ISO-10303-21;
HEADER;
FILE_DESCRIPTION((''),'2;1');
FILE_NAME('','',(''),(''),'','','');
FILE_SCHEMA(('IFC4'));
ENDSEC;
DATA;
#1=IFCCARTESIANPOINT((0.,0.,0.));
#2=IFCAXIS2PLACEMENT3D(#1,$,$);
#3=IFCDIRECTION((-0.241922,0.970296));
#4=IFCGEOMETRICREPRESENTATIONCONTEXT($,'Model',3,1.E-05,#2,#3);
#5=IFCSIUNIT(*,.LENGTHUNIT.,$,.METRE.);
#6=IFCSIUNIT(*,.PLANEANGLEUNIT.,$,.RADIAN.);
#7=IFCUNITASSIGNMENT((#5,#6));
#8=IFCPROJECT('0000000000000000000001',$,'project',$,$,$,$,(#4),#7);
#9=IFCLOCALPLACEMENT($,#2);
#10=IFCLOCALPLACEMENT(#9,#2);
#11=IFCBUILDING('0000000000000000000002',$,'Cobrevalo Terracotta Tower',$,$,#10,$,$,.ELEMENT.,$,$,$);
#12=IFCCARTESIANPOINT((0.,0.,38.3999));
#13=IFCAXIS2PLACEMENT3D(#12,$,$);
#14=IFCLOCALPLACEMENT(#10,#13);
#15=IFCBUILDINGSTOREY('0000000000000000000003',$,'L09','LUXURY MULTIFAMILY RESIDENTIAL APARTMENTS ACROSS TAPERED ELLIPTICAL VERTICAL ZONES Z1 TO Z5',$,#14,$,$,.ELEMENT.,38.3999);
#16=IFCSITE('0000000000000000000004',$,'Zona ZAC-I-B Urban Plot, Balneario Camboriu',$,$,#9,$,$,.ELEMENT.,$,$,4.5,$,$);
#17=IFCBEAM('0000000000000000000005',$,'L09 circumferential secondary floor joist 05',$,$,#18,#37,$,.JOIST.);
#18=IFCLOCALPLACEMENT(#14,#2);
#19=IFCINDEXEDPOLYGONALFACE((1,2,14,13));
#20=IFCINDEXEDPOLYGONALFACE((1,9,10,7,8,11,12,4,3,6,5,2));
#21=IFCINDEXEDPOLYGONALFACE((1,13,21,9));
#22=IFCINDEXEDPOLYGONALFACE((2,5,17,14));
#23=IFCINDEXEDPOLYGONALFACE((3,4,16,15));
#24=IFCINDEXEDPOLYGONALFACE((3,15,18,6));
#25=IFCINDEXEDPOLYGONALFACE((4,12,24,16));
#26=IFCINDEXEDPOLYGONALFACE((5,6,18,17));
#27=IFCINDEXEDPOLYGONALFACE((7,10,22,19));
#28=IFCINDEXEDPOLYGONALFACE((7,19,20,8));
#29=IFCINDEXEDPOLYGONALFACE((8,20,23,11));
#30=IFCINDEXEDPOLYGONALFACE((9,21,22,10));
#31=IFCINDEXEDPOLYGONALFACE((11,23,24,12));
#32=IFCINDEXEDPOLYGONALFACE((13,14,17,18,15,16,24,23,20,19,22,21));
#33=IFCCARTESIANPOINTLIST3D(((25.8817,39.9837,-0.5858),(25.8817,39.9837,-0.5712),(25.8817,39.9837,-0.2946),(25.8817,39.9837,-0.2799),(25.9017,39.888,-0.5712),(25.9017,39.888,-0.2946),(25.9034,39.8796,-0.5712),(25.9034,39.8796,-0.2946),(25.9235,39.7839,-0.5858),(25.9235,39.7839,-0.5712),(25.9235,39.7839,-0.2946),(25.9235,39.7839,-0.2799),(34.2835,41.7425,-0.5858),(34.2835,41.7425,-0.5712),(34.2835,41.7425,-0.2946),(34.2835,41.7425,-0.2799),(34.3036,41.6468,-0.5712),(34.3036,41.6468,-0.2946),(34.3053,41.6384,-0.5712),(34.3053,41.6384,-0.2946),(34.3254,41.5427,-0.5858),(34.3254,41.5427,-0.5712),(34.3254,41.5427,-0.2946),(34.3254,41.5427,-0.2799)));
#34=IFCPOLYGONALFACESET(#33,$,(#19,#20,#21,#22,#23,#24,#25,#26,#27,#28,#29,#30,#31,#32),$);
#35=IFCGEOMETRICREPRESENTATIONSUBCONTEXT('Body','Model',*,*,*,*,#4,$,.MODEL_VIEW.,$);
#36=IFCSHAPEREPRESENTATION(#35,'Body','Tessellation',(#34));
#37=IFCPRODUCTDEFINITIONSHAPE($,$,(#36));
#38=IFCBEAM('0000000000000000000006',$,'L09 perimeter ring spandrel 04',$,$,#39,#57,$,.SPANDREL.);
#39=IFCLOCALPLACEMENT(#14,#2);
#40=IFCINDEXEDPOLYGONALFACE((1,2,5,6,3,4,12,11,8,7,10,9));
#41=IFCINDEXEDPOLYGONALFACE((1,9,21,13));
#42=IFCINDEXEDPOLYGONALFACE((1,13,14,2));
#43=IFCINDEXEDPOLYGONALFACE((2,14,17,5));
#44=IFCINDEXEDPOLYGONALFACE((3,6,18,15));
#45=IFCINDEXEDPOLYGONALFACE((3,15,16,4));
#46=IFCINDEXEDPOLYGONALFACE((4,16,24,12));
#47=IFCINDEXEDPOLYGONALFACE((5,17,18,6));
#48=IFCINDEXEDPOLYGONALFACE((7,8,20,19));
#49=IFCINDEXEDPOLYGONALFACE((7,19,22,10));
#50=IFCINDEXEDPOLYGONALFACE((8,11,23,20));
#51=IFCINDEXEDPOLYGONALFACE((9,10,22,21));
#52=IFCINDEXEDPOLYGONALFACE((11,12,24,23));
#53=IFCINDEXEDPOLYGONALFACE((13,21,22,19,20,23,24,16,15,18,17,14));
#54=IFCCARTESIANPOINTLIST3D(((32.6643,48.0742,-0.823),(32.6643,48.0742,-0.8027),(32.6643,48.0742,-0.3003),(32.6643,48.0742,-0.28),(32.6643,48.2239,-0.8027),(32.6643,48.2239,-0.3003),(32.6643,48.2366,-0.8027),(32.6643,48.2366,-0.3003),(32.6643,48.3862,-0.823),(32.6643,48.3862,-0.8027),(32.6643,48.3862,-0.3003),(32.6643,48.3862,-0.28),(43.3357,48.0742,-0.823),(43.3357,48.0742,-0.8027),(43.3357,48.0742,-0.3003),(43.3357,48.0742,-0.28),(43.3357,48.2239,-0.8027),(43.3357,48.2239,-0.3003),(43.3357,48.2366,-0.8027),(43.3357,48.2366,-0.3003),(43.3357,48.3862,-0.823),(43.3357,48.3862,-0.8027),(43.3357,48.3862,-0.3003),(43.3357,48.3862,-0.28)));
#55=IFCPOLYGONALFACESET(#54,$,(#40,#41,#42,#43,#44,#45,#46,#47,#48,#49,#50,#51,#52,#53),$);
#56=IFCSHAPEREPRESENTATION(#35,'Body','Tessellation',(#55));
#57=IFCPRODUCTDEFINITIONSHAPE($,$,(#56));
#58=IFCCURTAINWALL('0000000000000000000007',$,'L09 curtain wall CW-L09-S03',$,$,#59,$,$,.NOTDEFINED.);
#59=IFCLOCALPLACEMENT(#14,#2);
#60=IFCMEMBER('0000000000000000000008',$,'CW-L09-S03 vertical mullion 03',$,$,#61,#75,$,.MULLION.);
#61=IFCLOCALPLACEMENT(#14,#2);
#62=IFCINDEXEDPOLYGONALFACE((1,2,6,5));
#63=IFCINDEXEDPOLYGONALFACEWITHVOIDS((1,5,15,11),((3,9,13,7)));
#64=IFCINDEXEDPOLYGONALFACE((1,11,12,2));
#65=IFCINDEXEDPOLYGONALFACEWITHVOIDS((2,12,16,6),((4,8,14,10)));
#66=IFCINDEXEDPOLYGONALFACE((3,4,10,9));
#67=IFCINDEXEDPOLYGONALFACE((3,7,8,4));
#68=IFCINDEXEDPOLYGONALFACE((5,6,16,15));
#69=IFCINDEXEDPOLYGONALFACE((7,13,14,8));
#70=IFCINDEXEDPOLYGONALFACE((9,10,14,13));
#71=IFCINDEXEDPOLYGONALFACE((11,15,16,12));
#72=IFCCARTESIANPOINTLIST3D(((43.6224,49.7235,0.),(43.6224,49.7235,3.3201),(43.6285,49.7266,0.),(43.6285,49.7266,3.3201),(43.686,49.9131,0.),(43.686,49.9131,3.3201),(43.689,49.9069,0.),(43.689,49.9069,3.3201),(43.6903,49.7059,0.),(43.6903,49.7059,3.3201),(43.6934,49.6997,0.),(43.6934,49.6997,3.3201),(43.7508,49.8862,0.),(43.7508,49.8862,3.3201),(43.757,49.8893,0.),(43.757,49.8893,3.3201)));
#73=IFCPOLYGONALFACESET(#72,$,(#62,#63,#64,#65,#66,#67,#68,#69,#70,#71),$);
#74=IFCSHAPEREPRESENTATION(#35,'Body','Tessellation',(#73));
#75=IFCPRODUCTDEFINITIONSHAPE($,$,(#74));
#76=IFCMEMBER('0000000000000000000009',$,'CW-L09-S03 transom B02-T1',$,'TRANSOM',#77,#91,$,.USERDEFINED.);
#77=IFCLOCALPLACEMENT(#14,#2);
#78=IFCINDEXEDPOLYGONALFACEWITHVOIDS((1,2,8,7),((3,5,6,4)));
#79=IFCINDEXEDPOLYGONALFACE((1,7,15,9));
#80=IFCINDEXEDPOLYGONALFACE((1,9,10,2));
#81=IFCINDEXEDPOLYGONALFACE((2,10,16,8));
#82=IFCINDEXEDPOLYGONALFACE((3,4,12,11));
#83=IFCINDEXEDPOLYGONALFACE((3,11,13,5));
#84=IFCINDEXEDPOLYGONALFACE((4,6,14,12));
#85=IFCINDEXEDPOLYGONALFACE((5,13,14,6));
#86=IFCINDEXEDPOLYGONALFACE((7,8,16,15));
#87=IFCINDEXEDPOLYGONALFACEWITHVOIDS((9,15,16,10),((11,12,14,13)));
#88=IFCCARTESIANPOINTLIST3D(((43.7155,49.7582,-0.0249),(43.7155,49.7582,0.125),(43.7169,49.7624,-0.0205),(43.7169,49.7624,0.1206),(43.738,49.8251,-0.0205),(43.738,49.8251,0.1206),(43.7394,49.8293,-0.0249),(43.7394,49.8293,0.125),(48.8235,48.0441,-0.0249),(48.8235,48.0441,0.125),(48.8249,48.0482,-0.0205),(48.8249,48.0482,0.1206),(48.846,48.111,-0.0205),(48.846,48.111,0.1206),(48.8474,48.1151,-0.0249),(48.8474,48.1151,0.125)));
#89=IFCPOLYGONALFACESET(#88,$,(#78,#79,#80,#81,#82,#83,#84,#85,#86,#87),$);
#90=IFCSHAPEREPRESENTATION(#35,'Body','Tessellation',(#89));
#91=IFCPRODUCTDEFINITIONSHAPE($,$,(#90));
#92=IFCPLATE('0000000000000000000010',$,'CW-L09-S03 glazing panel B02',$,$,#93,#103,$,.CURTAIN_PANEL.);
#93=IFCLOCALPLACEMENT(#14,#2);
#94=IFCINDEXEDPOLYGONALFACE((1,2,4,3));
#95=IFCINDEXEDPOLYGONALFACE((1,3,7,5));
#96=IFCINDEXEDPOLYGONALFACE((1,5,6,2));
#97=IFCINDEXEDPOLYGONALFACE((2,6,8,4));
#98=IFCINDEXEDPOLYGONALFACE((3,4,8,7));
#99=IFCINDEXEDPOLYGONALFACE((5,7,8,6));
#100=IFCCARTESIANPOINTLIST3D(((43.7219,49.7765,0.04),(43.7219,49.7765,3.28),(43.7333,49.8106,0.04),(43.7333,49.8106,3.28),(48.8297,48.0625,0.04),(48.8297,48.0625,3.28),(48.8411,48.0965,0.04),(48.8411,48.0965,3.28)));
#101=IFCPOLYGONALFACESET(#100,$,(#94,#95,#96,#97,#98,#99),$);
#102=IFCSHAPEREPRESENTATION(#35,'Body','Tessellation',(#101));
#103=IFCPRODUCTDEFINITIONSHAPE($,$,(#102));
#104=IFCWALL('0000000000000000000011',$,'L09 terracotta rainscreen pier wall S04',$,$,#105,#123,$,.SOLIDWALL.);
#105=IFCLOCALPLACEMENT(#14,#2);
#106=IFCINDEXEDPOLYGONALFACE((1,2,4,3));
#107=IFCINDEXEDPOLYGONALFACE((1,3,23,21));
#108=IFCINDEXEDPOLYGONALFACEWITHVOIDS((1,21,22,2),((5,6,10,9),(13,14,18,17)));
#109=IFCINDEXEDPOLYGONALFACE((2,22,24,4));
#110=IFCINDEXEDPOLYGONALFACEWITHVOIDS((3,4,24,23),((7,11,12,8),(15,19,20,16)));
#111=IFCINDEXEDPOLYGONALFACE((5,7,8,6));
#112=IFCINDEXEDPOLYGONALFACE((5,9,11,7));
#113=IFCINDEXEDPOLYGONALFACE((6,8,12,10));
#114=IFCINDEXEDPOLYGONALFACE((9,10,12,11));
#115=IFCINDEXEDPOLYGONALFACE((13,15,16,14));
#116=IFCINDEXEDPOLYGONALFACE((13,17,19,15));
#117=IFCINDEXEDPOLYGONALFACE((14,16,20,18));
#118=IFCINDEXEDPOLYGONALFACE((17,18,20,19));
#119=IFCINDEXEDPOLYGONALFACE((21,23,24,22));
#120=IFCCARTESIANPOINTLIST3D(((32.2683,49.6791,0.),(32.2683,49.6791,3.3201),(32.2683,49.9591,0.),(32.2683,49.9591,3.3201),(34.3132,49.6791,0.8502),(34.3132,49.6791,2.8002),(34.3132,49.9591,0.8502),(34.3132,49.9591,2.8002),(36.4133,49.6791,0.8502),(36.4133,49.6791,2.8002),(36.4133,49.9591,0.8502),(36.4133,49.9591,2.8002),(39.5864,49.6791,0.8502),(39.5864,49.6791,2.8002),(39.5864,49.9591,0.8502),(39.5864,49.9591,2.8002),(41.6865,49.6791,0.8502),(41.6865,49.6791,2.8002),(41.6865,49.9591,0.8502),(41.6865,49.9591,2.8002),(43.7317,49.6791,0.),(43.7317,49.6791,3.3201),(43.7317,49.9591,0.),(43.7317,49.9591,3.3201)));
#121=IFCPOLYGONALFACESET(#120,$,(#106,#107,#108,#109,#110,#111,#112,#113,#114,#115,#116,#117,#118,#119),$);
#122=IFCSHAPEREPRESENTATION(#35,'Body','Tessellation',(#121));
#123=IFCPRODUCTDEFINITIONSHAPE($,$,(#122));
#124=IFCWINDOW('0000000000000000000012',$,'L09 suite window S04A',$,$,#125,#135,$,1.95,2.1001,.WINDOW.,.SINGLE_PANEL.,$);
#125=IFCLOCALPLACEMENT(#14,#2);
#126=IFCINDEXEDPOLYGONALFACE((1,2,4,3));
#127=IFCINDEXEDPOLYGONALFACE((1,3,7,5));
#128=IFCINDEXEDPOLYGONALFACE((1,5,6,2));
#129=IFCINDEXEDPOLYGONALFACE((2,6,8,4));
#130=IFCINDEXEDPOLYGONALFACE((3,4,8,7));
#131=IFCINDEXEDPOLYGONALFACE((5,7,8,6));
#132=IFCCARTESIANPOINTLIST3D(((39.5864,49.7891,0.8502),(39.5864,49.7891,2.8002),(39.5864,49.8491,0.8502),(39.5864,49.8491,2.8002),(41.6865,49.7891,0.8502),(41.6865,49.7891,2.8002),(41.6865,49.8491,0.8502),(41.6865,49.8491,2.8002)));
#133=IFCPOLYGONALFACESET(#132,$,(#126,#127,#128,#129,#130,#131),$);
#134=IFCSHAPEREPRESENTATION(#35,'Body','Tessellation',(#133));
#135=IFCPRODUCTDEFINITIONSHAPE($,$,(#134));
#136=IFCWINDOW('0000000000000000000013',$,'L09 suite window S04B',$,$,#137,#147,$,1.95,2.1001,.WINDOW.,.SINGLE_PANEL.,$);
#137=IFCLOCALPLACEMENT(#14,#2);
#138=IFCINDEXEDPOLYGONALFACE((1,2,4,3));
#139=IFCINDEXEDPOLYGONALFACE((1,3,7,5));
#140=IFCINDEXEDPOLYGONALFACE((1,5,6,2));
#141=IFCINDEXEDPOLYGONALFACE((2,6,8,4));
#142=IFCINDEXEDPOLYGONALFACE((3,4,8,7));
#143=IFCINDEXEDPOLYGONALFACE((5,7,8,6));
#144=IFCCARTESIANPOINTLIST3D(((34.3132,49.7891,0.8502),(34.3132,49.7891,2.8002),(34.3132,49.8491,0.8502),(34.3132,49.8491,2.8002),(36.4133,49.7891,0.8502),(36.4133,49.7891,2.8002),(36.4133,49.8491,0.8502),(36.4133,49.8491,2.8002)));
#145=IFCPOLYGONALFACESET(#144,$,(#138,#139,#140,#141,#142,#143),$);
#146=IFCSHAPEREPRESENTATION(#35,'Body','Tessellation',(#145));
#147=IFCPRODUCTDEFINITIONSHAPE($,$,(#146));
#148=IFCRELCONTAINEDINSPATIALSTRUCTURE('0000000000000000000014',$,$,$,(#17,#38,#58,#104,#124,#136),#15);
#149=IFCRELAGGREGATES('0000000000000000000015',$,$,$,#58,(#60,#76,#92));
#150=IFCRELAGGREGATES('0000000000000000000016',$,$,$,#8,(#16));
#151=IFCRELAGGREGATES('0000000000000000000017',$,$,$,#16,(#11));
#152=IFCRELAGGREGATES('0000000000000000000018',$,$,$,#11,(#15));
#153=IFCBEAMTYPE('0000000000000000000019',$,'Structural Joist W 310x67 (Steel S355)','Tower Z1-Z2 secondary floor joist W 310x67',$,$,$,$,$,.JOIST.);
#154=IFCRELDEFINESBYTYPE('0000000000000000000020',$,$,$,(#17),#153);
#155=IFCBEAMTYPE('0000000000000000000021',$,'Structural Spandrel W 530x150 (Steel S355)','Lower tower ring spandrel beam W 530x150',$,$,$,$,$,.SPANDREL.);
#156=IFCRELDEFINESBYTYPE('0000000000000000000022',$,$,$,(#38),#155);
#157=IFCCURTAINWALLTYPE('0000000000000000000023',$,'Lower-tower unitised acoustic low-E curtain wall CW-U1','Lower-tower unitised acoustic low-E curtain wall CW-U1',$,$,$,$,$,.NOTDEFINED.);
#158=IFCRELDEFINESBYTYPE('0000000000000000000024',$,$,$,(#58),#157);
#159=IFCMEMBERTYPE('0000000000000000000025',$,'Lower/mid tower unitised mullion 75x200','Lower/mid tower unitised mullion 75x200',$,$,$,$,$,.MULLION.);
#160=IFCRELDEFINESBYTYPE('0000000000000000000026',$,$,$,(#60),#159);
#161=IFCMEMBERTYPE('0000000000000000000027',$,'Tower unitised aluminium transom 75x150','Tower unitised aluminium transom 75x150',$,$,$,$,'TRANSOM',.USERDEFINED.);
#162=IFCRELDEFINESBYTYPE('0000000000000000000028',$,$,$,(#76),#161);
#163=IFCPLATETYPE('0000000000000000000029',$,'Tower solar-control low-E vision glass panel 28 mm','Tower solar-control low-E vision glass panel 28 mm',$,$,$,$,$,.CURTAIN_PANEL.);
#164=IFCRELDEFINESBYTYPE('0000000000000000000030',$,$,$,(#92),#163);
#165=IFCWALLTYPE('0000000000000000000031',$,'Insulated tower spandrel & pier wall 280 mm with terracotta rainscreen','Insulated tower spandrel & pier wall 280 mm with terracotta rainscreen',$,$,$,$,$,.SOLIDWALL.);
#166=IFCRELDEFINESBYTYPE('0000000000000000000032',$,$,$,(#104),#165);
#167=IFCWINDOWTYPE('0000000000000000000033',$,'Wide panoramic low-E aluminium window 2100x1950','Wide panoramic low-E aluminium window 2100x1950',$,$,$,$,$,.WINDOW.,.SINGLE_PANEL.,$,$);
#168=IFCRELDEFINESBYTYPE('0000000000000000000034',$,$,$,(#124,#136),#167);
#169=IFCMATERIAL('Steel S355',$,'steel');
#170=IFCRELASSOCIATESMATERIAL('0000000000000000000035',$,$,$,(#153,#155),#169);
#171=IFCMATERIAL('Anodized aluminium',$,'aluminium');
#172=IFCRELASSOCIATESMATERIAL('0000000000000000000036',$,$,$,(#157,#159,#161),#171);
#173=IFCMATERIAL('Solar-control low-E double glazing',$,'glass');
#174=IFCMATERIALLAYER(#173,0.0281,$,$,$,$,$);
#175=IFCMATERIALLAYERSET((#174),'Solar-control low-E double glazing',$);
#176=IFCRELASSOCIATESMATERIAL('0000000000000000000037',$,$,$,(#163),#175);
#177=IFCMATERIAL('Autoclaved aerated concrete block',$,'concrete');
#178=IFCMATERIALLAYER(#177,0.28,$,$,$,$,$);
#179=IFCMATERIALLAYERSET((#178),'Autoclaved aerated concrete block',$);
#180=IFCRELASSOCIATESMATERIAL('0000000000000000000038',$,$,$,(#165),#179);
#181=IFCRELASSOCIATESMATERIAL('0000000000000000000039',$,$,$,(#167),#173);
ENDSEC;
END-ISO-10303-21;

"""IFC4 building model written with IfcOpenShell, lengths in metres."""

from ifc_helpers import new_model, si_unit, direction, frame, frame_2d, origin, origin_2d, place, context, subcontext, project, spatial, rectangle, hollow_rectangle, i_section, extrude, source, transform, mapped, material, layer, layer_set, material_profile, profile_set, type_object, element, fill, aggregate, save


model = new_model("IFC4")

# Units and contexts
model_context = context("Model", 3, precision=1e-05, world=origin(), true_north=direction((-0.241922, 0.970296)))
body_context = subcontext(model_context, "Body", "Model", "MODEL_VIEW")
ifc_project = project(units=[si_unit("LENGTHUNIT", "METRE"), si_unit("PLANEANGLEUNIT", "RADIAN")], contexts=[model_context])

# Site, building, storey
site_placement = place(None, origin())
site = spatial("IfcSite", under=ifc_project, at=site_placement, Name="Zona ZAC-I-B Urban Plot, Balneario Camboriu", CompositionType="ELEMENT", RefElevation=4.5)
building_placement = place(site_placement, origin())
building = spatial("IfcBuilding", under=site, at=building_placement, Name="Cobrevalo Terracotta Tower", CompositionType="ELEMENT")
storey_placement = place(building_placement, frame((0.0, 0.0, 38.3999)))
storey = spatial("IfcBuildingStorey", under=building, at=storey_placement, Name="L09", Description="LUXURY MULTIFAMILY RESIDENTIAL APARTMENTS ACROSS TAPERED ELLIPTICAL VERTICAL ZONES Z1 TO Z5", CompositionType="ELEMENT", Elevation=38.3999)

# Shared definitions
ifc_material_1 = material(Name="Steel S355", Category="steel")

# Beams
ifc_material_profile_1 = material_profile(ifc_material_1, i_section(OverallWidth=0.2041, OverallDepth=0.3059, WebThickness=0.0085, FlangeThickness=0.0146, at=origin_2d()), Name="W 310x67")
ifc_profile_set_1 = profile_set([ifc_material_profile_1], Name="Steel S355")
beam_type_1 = type_object("IfcBeamType", Name="Structural Joist W 310x67 (Steel S355)", Description="Tower Z1-Z2 secondary floor joist W 310x67", PredefinedType="JOIST", material=ifc_profile_set_1)
beam_1_placement = place(storey_placement, frame((34.3044, 41.6426, -0.4329), z_axis=(-0.978785, -0.204892, 0.0), x_axis=(0.204892, -0.978785, 0.0)))
element("IfcBeam", 1, at=beam_1_placement, inside=storey, type_object=beam_type_1, Name="L09 circumferential secondary floor joist 05", PredefinedType="JOIST", context=body_context, shape_type="SweptSolid", body=[
    extrude(i_section(OverallWidth=0.2041, OverallDepth=0.3059, WebThickness=0.0085, FlangeThickness=0.0146, at=origin_2d()), origin(), (0.0, 0.0, 1.0), 8.584),
])
ifc_material_profile_2 = material_profile(ifc_material_1, i_section(OverallWidth=0.312, OverallDepth=0.543, WebThickness=0.0127, FlangeThickness=0.0203, at=origin_2d()), Name="W 530x150")
ifc_profile_set_2 = profile_set([ifc_material_profile_2], Name="Steel S355")
beam_type_2 = type_object("IfcBeamType", Name="Structural Spandrel W 530x150 (Steel S355)", Description="Lower tower ring spandrel beam W 530x150", PredefinedType="SPANDREL", material=ifc_profile_set_2)
beam_2_placement = place(storey_placement, frame((43.3357, 48.2302, -0.5515), z_axis=(-1.0, 0.0, 0.0), x_axis=(0.0, -1.0, 0.0)))
element("IfcBeam", 2, at=beam_2_placement, inside=storey, type_object=beam_type_2, Name="L09 perimeter ring spandrel 04", PredefinedType="SPANDREL", context=body_context, shape_type="SweptSolid", body=[
    extrude(i_section(OverallWidth=0.312, OverallDepth=0.543, WebThickness=0.0127, FlangeThickness=0.0203, at=origin_2d()), origin(), (0.0, 0.0, 1.0), 10.6714),
])

# Curtain wall, members, plate
ifc_material_2 = material(Name="Anodized aluminium", Category="aluminium")
curtain_wall_type = type_object("IfcCurtainWallType", Name="Lower-tower unitised acoustic low-E curtain wall CW-U1", Description="Lower-tower unitised acoustic low-E curtain wall CW-U1", PredefinedType="NOTDEFINED", material=ifc_material_2)
curtain_wall_placement = place(storey_placement, origin())
curtain_wall = element("IfcCurtainWall", 3, at=curtain_wall_placement, inside=storey, type_object=curtain_wall_type, Name="L09 curtain wall CW-L09-S03", PredefinedType="NOTDEFINED")
ifc_material_profile_3 = material_profile(ifc_material_2, hollow_rectangle(XDim=0.075, YDim=0.2, WallThickness=0.0049, at=origin_2d()), Name="CWM 75x200")
ifc_profile_set_3 = profile_set([ifc_material_profile_3], Name="Anodized aluminium")
member_type_1 = type_object("IfcMemberType", Name="Lower/mid tower unitised mullion 75x200", Description="Lower/mid tower unitised mullion 75x200", PredefinedType="MULLION", material=ifc_profile_set_3)
shared_shape_1 = source(origin(), body_context, "Body", "SweptSolid", [
    extrude(hollow_rectangle(XDim=0.075, YDim=0.2, WallThickness=0.0049, at=origin_2d()), origin(), (0.0, 0.0, 1.0), 3.3201),
])
member_1_placement = place(storey_placement, frame((43.6897, 49.8064, 0.0), z_axis=(0.0, 0.0, 1.0), x_axis=(-0.948046, 0.318132, 0.0)))
member_1 = element("IfcMember", 4, at=member_1_placement, type_object=member_type_1, Name="CW-L09-S03 vertical mullion 03", PredefinedType="MULLION", context=body_context, shape_type="MappedRepresentation", body=[
    mapped(shared_shape_1, transform((0.0, 0.0, 0.0), scale=1.0)),
])
ifc_material_profile_4 = material_profile(ifc_material_2, hollow_rectangle(XDim=0.075, YDim=0.1499, WallThickness=0.0044, at=origin_2d()), Name="CWT 75x150")
ifc_profile_set_4 = profile_set([ifc_material_profile_4], Name="Anodized aluminium")
member_type_2 = type_object("IfcMemberType", Name="Tower unitised aluminium transom 75x150", Description="Tower unitised aluminium transom 75x150", ElementType="TRANSOM", PredefinedType="USERDEFINED", material=ifc_profile_set_4)
shared_shape_2 = source(origin(), body_context, "Body", "SweptSolid", [
    extrude(hollow_rectangle(XDim=0.075, YDim=0.1499, WallThickness=0.0044, at=origin_2d()), origin(), (0.0, 0.0, 1.0), 5.3879),
])
member_2_placement = place(storey_placement, frame((48.8354, 48.0796, 0.05), z_axis=(-0.948042, 0.318144, 0.0), x_axis=(-0.318144, -0.948042, 0.0)))
member_2 = element("IfcMember", 5, at=member_2_placement, type_object=member_type_2, Name="CW-L09-S03 transom B02-T1", ObjectType="TRANSOM", PredefinedType="USERDEFINED", context=body_context, shape_type="MappedRepresentation", body=[
    mapped(shared_shape_2, transform((0.0, 0.0, 0.0), scale=1.0)),
])
ifc_material_3 = material(Name="Solar-control low-E double glazing", Category="glass")
ifc_layer_1 = layer(ifc_material_3, 0.0281)
ifc_layer_set_1 = layer_set([ifc_layer_1], Name="Solar-control low-E double glazing")
plate_type = type_object("IfcPlateType", Name="Tower solar-control low-E vision glass panel 28 mm", Description="Tower solar-control low-E vision glass panel 28 mm", PredefinedType="CURTAIN_PANEL", material=ifc_layer_set_1)
shared_shape_3 = source(origin(), body_context, "Body", "SweptSolid", [
    extrude(rectangle(XDim=5.3877, YDim=0.0359, at=origin_2d()), origin(), (0.0, 0.0, 1.0), 3.24),
])
plate_placement = place(storey_placement, frame((46.2815, 48.9365, 0.04), z_axis=(0.0, 0.0, 1.0), x_axis=(-0.948044, 0.318139, 0.0)))
plate = element("IfcPlate", 6, at=plate_placement, type_object=plate_type, Name="CW-L09-S03 glazing panel B02", PredefinedType="CURTAIN_PANEL", context=body_context, shape_type="MappedRepresentation", body=[
    mapped(shared_shape_3, transform((0.0, 0.0, 0.0), scale=1.0)),
])
aggregate(curtain_wall, [member_1, member_2, plate])

# Wall, openings, windows
ifc_material_4 = material(Name="Autoclaved aerated concrete block", Category="concrete")
ifc_layer_2 = layer(ifc_material_4, 0.28)
ifc_layer_set_2 = layer_set([ifc_layer_2], Name="Autoclaved aerated concrete block")
wall_type_1 = type_object("IfcWallType", Name="Insulated tower spandrel & pier wall 280 mm with terracotta rainscreen", Description="Insulated tower spandrel & pier wall 280 mm with terracotta rainscreen", PredefinedType="SOLIDWALL", material=ifc_layer_set_2)
wall_1_placement = place(storey_placement, frame((43.7317, 49.8191, 0.0), z_axis=(0.0, 0.0, 1.0), x_axis=(-1.0, 0.0, 0.0)))
wall_1 = element("IfcWall", 7, at=wall_1_placement, inside=storey, type_object=wall_type_1, Name="L09 terracotta rainscreen pier wall S04", PredefinedType="SOLIDWALL", context=body_context, shape_type="SweptSolid", body=[
    extrude(rectangle(XDim=11.4634, YDim=0.28, at=frame_2d((5.7317, 0.0))), origin(), (0.0, 0.0, 1.0), 3.3201),
])
opening_1_placement = place(wall_1_placement, frame((2.0452, 0.0, 0.8501)))
opening_1 = element("IfcOpeningElement", 8, at=opening_1_placement, cuts=wall_1, PredefinedType="OPENING", context=body_context, shape_type="SweptSolid", body=[
    extrude(rectangle(XDim=2.1001, YDim=1.95, at=frame_2d((1.05, 0.9751))), frame((0.0, 0.1499, 0.0), z_axis=(0.0, -1.0, 0.0), x_axis=(1.0, 0.0, 0.0)), (0.0, 0.0, 1.0), 0.3),
])
opening_2_placement = place(wall_1_placement, frame((7.3184, 0.0, 0.8501)))
opening_2 = element("IfcOpeningElement", 9, at=opening_2_placement, cuts=wall_1, PredefinedType="OPENING", context=body_context, shape_type="SweptSolid", body=[
    extrude(rectangle(XDim=2.1001, YDim=1.95, at=frame_2d((1.05, 0.9751))), frame((0.0, 0.1499, 0.0), z_axis=(0.0, -1.0, 0.0), x_axis=(1.0, 0.0, 0.0)), (0.0, 0.0, 1.0), 0.3),
])
window_type = type_object("IfcWindowType", Name="Wide panoramic low-E aluminium window 2100x1950", Description="Wide panoramic low-E aluminium window 2100x1950", PartitioningType="SINGLE_PANEL", PredefinedType="WINDOW", material=ifc_material_3)
shared_shape_4 = source(origin(), body_context, "Body", "SweptSolid", [
    extrude(rectangle(XDim=2.1001, YDim=1.95, at=frame_2d((1.05, 0.9751))), frame((0.0, 0.03, 0.0), z_axis=(0.0, -1.0, 0.0), x_axis=(1.0, 0.0, 0.0)), (0.0, 0.0, 1.0), 0.0601),
])
window_1_placement = place(opening_1_placement, origin())
window_1 = element("IfcWindow", 10, at=window_1_placement, inside=storey, type_object=window_type, Name="L09 suite window S04A", OverallHeight=1.95, OverallWidth=2.1001, PartitioningType="SINGLE_PANEL", PredefinedType="WINDOW", context=body_context, shape_type="MappedRepresentation", body=[
    mapped(shared_shape_4, transform((0.0, 0.0, 0.0), scale=1.0)),
])
fill(opening_1, window_1)
window_2_placement = place(opening_2_placement, origin())
window_2 = element("IfcWindow", 11, at=window_2_placement, inside=storey, type_object=window_type, Name="L09 suite window S04B", OverallHeight=1.95, OverallWidth=2.1001, PartitioningType="SINGLE_PANEL", PredefinedType="WINDOW", context=body_context, shape_type="MappedRepresentation", body=[
    mapped(shared_shape_4, transform((0.0, 0.0, 0.0), scale=1.0)),
])
fill(opening_2, window_2)

save(model, "model.ifc")
